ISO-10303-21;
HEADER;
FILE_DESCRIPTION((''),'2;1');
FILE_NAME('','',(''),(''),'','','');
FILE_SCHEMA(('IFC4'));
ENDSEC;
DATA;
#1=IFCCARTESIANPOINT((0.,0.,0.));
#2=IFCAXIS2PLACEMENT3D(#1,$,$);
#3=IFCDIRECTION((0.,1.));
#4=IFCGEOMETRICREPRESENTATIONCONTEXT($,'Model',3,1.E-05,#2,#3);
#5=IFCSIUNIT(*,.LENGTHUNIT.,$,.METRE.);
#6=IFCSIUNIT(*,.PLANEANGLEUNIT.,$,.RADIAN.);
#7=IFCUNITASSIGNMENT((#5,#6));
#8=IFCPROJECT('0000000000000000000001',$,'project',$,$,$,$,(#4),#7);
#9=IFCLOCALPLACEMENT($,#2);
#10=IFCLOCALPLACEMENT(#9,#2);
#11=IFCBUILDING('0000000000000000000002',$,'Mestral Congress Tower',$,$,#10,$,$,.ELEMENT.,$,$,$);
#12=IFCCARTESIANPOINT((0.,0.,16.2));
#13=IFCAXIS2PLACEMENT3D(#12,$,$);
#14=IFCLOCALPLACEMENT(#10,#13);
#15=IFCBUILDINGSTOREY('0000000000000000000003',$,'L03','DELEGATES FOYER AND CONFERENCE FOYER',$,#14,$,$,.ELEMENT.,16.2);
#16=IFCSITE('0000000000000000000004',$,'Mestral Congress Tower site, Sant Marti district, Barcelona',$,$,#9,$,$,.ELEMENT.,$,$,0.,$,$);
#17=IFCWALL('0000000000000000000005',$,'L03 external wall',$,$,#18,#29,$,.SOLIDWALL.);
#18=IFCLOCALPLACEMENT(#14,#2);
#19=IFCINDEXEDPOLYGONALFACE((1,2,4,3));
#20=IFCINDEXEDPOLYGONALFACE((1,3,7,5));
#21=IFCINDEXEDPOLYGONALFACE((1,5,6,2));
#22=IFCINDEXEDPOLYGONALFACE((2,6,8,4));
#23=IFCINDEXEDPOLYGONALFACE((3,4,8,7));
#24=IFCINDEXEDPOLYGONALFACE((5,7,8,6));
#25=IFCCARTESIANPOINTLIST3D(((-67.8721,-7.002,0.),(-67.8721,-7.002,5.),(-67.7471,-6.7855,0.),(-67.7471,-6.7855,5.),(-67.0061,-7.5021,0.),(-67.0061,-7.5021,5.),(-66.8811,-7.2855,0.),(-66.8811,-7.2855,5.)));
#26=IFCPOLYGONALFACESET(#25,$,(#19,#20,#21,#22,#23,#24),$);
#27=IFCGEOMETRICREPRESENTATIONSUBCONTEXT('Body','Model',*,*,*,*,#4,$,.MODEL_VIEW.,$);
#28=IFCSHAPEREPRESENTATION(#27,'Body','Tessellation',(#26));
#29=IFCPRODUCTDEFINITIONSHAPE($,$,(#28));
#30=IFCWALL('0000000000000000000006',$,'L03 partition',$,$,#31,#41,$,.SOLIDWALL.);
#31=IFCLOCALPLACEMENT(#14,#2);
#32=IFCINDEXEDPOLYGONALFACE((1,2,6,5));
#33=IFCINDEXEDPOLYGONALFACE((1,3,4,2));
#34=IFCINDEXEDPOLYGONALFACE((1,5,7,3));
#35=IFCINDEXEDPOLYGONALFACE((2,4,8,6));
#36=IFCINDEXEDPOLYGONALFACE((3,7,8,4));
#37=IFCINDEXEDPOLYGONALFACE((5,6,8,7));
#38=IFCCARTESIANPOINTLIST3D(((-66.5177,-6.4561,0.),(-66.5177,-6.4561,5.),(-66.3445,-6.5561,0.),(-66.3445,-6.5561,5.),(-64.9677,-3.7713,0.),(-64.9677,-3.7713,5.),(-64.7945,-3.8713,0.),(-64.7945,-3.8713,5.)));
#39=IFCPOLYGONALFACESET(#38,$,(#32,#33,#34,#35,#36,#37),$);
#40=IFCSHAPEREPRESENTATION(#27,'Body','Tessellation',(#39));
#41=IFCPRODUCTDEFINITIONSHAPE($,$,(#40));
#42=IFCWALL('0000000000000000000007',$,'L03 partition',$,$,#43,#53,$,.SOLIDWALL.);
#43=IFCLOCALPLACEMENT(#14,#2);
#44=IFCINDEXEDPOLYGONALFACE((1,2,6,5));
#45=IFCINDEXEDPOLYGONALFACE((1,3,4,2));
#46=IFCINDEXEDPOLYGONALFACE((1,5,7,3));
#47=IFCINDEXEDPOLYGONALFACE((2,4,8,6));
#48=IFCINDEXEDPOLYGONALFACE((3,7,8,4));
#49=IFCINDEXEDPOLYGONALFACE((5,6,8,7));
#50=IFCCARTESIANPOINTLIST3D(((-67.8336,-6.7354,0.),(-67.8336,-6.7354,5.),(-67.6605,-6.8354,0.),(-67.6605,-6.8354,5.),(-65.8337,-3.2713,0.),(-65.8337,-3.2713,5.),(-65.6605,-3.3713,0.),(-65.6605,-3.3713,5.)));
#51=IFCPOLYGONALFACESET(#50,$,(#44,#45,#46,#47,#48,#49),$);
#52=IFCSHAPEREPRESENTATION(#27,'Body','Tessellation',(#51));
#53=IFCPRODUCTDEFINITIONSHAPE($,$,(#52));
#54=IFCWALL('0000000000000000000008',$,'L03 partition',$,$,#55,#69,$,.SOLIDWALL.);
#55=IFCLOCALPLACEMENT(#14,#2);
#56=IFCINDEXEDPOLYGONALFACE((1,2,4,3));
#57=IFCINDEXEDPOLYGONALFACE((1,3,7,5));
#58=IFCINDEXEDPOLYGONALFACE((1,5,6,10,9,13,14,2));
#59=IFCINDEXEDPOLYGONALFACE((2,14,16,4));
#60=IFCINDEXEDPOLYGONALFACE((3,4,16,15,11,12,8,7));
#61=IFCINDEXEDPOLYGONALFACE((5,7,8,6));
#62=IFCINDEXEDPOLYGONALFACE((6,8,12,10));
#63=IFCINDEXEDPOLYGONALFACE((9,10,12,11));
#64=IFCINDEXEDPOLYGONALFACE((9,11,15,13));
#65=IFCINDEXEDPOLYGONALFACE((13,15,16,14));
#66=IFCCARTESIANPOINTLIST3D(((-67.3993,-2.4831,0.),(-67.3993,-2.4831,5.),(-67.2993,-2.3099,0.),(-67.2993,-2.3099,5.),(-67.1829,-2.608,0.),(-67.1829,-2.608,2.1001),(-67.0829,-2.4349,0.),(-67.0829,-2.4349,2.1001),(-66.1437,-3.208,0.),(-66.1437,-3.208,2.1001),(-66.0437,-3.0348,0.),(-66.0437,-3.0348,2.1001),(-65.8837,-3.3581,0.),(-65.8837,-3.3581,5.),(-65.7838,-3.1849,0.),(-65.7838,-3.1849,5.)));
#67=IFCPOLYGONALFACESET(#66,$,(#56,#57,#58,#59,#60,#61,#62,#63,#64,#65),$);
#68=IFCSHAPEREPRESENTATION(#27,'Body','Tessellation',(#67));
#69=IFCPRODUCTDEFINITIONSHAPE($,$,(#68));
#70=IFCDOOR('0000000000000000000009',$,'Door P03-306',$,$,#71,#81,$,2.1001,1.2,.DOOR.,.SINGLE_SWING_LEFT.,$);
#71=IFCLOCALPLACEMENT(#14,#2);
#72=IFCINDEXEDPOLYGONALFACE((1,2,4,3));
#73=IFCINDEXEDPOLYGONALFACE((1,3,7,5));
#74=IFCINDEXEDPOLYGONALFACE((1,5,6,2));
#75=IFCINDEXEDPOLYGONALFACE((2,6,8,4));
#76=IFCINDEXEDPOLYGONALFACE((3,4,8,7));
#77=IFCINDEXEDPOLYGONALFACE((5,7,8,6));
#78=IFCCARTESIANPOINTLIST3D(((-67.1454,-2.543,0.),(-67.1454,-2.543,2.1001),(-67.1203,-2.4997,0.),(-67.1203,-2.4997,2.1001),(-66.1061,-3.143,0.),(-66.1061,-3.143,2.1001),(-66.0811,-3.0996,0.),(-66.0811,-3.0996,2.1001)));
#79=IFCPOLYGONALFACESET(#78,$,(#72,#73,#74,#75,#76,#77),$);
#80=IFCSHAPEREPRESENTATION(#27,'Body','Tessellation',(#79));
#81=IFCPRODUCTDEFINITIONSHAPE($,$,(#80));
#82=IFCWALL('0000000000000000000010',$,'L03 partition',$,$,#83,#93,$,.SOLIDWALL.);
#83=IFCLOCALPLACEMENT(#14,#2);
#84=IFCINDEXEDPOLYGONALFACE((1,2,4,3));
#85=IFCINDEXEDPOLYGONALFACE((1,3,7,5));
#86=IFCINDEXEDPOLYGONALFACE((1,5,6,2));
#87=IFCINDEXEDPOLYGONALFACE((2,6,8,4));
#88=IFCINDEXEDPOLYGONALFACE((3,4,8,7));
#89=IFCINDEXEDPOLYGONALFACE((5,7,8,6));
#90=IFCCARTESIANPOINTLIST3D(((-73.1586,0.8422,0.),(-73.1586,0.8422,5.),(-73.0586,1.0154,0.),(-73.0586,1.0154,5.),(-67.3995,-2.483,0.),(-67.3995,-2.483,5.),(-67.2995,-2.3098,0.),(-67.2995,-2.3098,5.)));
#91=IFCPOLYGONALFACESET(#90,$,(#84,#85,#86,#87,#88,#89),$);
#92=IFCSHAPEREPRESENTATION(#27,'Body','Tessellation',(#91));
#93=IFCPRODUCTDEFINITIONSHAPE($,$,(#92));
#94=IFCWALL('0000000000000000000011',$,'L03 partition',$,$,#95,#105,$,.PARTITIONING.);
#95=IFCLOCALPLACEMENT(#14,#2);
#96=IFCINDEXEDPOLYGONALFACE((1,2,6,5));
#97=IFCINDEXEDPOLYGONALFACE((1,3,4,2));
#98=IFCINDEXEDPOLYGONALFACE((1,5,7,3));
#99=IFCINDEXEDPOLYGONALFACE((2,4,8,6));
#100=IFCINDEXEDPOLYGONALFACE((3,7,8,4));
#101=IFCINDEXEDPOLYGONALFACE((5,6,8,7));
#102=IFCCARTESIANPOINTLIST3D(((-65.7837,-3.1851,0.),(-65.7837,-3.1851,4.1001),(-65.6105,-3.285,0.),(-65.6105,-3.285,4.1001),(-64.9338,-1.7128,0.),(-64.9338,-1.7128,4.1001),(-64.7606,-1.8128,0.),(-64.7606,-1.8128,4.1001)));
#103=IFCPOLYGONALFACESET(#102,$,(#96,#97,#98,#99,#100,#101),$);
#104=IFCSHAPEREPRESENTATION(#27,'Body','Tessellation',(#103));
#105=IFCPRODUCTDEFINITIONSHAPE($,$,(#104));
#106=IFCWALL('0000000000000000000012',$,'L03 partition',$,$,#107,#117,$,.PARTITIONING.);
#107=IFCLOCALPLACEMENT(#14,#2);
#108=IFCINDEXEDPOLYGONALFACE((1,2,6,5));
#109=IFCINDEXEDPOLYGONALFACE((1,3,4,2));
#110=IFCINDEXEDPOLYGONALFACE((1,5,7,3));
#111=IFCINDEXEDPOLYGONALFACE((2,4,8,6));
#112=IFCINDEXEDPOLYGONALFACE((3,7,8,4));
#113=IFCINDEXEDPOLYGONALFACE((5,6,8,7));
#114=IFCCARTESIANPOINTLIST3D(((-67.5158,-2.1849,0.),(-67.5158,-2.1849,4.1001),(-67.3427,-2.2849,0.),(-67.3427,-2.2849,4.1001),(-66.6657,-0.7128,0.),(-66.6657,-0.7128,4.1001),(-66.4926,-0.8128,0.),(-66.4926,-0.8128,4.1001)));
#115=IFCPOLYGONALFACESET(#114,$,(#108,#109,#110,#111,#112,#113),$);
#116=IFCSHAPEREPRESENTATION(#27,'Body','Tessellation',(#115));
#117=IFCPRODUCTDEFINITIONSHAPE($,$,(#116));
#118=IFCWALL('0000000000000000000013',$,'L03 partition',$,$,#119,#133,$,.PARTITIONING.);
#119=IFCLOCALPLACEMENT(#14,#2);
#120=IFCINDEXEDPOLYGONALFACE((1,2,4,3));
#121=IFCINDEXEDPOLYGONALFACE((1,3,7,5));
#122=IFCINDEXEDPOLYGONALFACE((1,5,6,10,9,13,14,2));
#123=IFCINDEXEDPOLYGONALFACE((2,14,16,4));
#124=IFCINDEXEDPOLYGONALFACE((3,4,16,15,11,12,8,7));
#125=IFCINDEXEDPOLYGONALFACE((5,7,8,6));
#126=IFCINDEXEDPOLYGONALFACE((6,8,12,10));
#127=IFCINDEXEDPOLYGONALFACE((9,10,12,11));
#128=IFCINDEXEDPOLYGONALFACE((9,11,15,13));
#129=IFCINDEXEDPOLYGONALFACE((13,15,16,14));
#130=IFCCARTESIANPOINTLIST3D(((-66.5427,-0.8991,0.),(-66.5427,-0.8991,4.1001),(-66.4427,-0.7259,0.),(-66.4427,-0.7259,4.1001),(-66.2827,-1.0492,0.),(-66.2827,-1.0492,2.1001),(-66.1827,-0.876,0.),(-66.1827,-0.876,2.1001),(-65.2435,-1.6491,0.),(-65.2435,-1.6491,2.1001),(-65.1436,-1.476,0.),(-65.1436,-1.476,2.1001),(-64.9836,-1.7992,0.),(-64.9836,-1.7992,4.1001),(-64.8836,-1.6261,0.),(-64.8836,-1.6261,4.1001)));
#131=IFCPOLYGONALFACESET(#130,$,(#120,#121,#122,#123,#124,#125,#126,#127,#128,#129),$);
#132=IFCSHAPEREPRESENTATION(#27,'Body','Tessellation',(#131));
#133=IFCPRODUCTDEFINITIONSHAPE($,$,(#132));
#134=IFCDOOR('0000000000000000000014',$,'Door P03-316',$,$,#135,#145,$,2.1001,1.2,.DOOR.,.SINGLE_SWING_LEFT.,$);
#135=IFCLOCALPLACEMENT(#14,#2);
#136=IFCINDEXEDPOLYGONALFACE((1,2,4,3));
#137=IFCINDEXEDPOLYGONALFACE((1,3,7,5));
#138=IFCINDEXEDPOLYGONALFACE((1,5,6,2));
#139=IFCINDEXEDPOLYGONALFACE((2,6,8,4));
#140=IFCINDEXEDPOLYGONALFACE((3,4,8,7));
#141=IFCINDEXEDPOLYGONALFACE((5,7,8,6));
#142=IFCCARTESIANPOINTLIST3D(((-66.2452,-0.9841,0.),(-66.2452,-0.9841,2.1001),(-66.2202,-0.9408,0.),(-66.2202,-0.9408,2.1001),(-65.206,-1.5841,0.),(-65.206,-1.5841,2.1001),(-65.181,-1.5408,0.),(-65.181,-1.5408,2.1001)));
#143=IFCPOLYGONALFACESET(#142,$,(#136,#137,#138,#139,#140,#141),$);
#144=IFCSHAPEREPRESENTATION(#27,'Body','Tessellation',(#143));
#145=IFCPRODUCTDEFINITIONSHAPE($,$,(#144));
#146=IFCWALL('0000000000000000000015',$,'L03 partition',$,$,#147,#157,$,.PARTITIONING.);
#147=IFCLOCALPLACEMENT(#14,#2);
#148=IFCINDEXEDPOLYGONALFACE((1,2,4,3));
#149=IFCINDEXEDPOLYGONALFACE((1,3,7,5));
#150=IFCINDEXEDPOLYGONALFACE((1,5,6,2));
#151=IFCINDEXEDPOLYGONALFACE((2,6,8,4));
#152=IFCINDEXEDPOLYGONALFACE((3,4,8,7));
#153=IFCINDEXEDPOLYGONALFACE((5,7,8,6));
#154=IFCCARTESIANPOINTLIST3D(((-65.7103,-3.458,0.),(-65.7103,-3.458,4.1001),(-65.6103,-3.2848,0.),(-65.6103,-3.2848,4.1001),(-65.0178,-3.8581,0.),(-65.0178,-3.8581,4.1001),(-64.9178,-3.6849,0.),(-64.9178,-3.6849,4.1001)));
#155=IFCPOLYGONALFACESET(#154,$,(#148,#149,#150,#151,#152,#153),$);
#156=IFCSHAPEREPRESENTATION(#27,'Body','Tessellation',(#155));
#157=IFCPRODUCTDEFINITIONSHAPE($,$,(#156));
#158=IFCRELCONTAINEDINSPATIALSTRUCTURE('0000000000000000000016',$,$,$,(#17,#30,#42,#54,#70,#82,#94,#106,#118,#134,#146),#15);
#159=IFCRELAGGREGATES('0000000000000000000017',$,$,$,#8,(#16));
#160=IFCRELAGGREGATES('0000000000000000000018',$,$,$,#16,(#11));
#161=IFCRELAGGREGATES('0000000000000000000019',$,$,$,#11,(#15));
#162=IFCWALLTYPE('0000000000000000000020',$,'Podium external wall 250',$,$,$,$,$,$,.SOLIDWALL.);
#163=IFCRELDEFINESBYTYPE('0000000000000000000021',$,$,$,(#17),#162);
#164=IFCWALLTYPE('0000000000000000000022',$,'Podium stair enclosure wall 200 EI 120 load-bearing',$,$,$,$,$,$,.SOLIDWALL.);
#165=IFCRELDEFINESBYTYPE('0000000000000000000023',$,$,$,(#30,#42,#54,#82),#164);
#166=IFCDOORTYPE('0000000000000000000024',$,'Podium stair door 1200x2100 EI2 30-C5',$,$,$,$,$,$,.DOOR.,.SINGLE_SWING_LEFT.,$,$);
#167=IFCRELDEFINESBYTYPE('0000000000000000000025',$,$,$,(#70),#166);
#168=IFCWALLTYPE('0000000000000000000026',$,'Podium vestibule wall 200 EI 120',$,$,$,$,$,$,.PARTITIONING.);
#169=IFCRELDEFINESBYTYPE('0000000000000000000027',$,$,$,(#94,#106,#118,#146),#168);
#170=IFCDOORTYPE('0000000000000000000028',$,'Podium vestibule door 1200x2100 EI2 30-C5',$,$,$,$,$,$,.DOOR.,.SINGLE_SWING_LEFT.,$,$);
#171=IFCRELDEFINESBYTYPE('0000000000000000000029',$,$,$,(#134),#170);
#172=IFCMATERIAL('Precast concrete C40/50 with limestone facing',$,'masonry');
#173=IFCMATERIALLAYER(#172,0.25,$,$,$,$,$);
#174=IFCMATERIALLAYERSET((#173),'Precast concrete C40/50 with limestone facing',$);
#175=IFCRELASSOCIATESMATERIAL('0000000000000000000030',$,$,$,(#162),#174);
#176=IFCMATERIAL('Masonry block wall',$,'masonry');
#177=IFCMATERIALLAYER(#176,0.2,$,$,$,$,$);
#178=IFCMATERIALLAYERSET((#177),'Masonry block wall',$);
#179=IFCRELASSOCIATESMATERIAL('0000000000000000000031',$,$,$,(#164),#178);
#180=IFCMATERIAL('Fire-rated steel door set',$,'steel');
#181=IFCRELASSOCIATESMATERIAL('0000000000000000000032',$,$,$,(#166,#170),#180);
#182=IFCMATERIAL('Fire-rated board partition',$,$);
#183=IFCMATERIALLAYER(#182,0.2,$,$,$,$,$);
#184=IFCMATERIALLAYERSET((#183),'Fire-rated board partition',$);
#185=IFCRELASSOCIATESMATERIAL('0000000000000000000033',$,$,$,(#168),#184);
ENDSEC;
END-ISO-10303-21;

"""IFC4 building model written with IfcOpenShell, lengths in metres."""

from ifc_helpers import new_model, si_unit, direction, frame, frame_2d, origin, place, context, subcontext, project, spatial, rectangle, extrude, material, layer, layer_set, type_object, element, fill, save


model = new_model("IFC4")

# Units and contexts
model_context = context("Model", 3, precision=1e-05, world=origin(), true_north=direction((0.0, 1.0)))
body_context = subcontext(model_context, "Body", "Model", "MODEL_VIEW")
ifc_project = project(units=[si_unit("LENGTHUNIT", "METRE"), si_unit("PLANEANGLEUNIT", "RADIAN")], contexts=[model_context])

# Site, building, storey
site_placement = place(None, origin())
site = spatial("IfcSite", under=ifc_project, at=site_placement, Name="Mestral Congress Tower site, Sant Marti district, Barcelona", CompositionType="ELEMENT", RefElevation=0.0)
building_placement = place(site_placement, origin())
building = spatial("IfcBuilding", under=site, at=building_placement, Name="Mestral Congress Tower", CompositionType="ELEMENT")
storey_placement = place(building_placement, frame((0.0, 0.0, 16.2)))
storey = spatial("IfcBuildingStorey", under=building, at=storey_placement, Name="L03", Description="DELEGATES FOYER AND CONFERENCE FOYER", CompositionType="ELEMENT", Elevation=16.2)

# Walls
ifc_material_1 = material(Name="Precast concrete C40/50 with limestone facing", Category="masonry")
ifc_layer_1 = layer(ifc_material_1, 0.25)
ifc_layer_set_1 = layer_set([ifc_layer_1], Name="Precast concrete C40/50 with limestone facing")
wall_type_1 = type_object("IfcWallType", Name="Podium external wall 250", PredefinedType="SOLIDWALL", material=ifc_layer_set_1)
wall_1_placement = place(storey_placement, frame((-66.9436, -7.3938, 0.0), z_axis=(0.0, 0.0, 1.0), x_axis=(-0.866011, 0.500025, 0.0)))
element("IfcWall", 1, at=wall_1_placement, inside=storey, type_object=wall_type_1, Name="L03 external wall", PredefinedType="SOLIDWALL", context=body_context, shape_type="SweptSolid", body=[
    extrude(rectangle(XDim=1.0, YDim=0.25, at=frame_2d((0.5, 0.0))), origin(), (0.0, 0.0, 1.0), 5.0),
])
ifc_material_2 = material(Name="Masonry block wall", Category="masonry")
ifc_layer_2 = layer(ifc_material_2, 0.2)
ifc_layer_set_2 = layer_set([ifc_layer_2], Name="Masonry block wall")
wall_type_2 = type_object("IfcWallType", Name="Podium stair enclosure wall 200 EI 120 load-bearing", PredefinedType="SOLIDWALL", material=ifc_layer_set_2)
wall_2_placement = place(storey_placement, frame((-64.8811, -3.8213, 0.0), z_axis=(0.0, 0.0, 1.0), x_axis=(-0.499993, -0.86603, 0.0)))
element("IfcWall", 2, at=wall_2_placement, inside=storey, type_object=wall_type_2, Name="L03 partition", PredefinedType="SOLIDWALL", context=body_context, shape_type="SweptSolid", body=[
    extrude(rectangle(XDim=3.1001, YDim=0.2, at=frame_2d((1.55, 0.0))), origin(), (0.0, 0.0, 1.0), 5.0),
])
wall_3_placement = place(storey_placement, frame((-65.7471, -3.3213, 0.0), z_axis=(0.0, 0.0, 1.0), x_axis=(-0.499999, -0.866026, 0.0)))
element("IfcWall", 3, at=wall_3_placement, inside=storey, type_object=wall_type_2, Name="L03 partition", PredefinedType="SOLIDWALL", context=body_context, shape_type="SweptSolid", body=[
    extrude(rectangle(XDim=4.0, YDim=0.2, at=frame_2d((2.0, 0.0))), origin(), (0.0, 0.0, 1.0), 5.0),
])

# Wall, opening, door
wall_4_placement = place(storey_placement, frame((-65.8337, -3.2715, 0.0), z_axis=(0.0, 0.0, 1.0), x_axis=(-0.866037, 0.49998, 0.0)))
wall_4 = element("IfcWall", 4, at=wall_4_placement, inside=storey, type_object=wall_type_2, Name="L03 partition", PredefinedType="SOLIDWALL", context=body_context, shape_type="SweptSolid", body=[
    extrude(rectangle(XDim=1.75, YDim=0.2, at=frame_2d((0.875, 0.0))), origin(), (0.0, 0.0, 1.0), 5.0),
])
opening_1_placement = place(wall_4_placement, frame((0.3, 0.0, 0.0)))
opening_1 = element("IfcOpeningElement", 5, at=opening_1_placement, cuts=wall_4, PredefinedType="OPENING", context=body_context, shape_type="SweptSolid", body=[
    extrude(rectangle(XDim=1.2, YDim=2.1001, at=frame_2d((0.6001, 1.05))), frame((0.0, 0.1099, 0.0), z_axis=(0.0, -1.0, 0.0), x_axis=(1.0, 0.0, 0.0)), (0.0, 0.0, 1.0), 0.22),
])
ifc_material_3 = material(Name="Fire-rated steel door set", Category="steel")
door_type_1 = type_object("IfcDoorType", Name="Podium stair door 1200x2100 EI2 30-C5", OperationType="SINGLE_SWING_LEFT", PredefinedType="DOOR", material=ifc_material_3)
door_1_placement = place(opening_1_placement, origin())
door_1 = element("IfcDoor", 6, at=door_1_placement, inside=storey, type_object=door_type_1, Name="Door P03-306", OperationType="SINGLE_SWING_LEFT", OverallHeight=2.1001, OverallWidth=1.2, PredefinedType="DOOR", context=body_context, shape_type="SweptSolid", body=[
    extrude(rectangle(XDim=1.2, YDim=2.1001, at=frame_2d((0.6001, 1.05))), frame((0.0, 0.0249, 0.0), z_axis=(0.0, -1.0, 0.0), x_axis=(1.0, 0.0, 0.0)), (0.0, 0.0, 1.0), 0.05),
])
fill(opening_1, door_1)

# Walls
wall_5_placement = place(storey_placement, frame((-67.3494, -2.3965, 0.0), z_axis=(0.0, 0.0, 1.0), x_axis=(-0.866011, 0.500024, 0.0)))
element("IfcWall", 7, at=wall_5_placement, inside=storey, type_object=wall_type_2, Name="L03 partition", PredefinedType="SOLIDWALL", context=body_context, shape_type="SweptSolid", body=[
    extrude(rectangle(XDim=6.6501, YDim=0.2, at=frame_2d((3.3252, 0.0))), origin(), (0.0, 0.0, 1.0), 5.0),
])
ifc_material_4 = material(Name="Fire-rated board partition")
ifc_layer_3 = layer(ifc_material_4, 0.2)
ifc_layer_set_3 = layer_set([ifc_layer_3], Name="Fire-rated board partition")
wall_type_3 = type_object("IfcWallType", Name="Podium vestibule wall 200 EI 120", PredefinedType="PARTITIONING", material=ifc_layer_set_3)
for number, where, z_axis, x_axis, name in (
    (8, (-64.8472, -1.7627, 0.0), (0.0, 0.0, 1.0), (-0.499955, -0.866052, 0.0), "L03 partition"),
    (9, (-66.5791, -0.7627, 0.0), (0.0, 0.0, 1.0), (-0.500062, -0.865989, 0.0), "L03 partition"),
):
    element("IfcWall", number, at=place(storey_placement, frame(where, z_axis=z_axis, x_axis=x_axis)), inside=storey, type_object=wall_type_3, Name=name, PredefinedType="PARTITIONING", context=body_context, shape_type="SweptSolid", body=[
        extrude(rectangle(XDim=1.7, YDim=0.2, at=frame_2d((0.8501, 0.0))), origin(), (0.0, 0.0, 1.0), 4.1001),
    ])

# Wall, opening, door
wall_6_placement = place(storey_placement, frame((-64.9336, -1.7126, 0.0), z_axis=(0.0, 0.0, 1.0), x_axis=(-0.866023, 0.500004, 0.0)))
wall_6 = element("IfcWall", 10, at=wall_6_placement, inside=storey, type_object=wall_type_3, Name="L03 partition", PredefinedType="PARTITIONING", context=body_context, shape_type="SweptSolid", body=[
    extrude(rectangle(XDim=1.8003, YDim=0.2, at=frame_2d((0.9001, 0.0))), origin(), (0.0, 0.0, 1.0), 4.1001),
])
opening_2_placement = place(wall_6_placement, frame((0.3, 0.0, 0.0)))
opening_2 = element("IfcOpeningElement", 11, at=opening_2_placement, cuts=wall_6, PredefinedType="OPENING", context=body_context, shape_type="SweptSolid", body=[
    extrude(rectangle(XDim=1.2, YDim=2.1001, at=frame_2d((0.6001, 1.05))), frame((0.0, 0.1099, 0.0), z_axis=(0.0, -1.0, 0.0), x_axis=(1.0, 0.0, 0.0)), (0.0, 0.0, 1.0), 0.22),
])
door_type_2 = type_object("IfcDoorType", Name="Podium vestibule door 1200x2100 EI2 30-C5", OperationType="SINGLE_SWING_LEFT", PredefinedType="DOOR", material=ifc_material_3)
door_2_placement = place(opening_2_placement, origin())
door_2 = element("IfcDoor", 12, at=door_2_placement, inside=storey, type_object=door_type_2, Name="Door P03-316", OperationType="SINGLE_SWING_LEFT", OverallHeight=2.1001, OverallWidth=1.2, PredefinedType="DOOR", context=body_context, shape_type="SweptSolid", body=[
    extrude(rectangle(XDim=1.2, YDim=2.1001, at=frame_2d((0.6001, 1.05))), frame((0.0, 0.0249, 0.0), z_axis=(0.0, -1.0, 0.0), x_axis=(1.0, 0.0, 0.0)), (0.0, 0.0, 1.0), 0.05),
])
fill(opening_2, door_2)

# Wall
wall_7_placement = place(storey_placement, frame((-64.9678, -3.7715, 0.0), z_axis=(0.0, 0.0, 1.0), x_axis=(-0.865886, 0.500242, 0.0)))
element("IfcWall", 13, at=wall_7_placement, inside=storey, type_object=wall_type_3, Name="L03 partition", PredefinedType="PARTITIONING", context=body_context, shape_type="SweptSolid", body=[
    extrude(rectangle(XDim=0.7998, YDim=0.2, at=frame_2d((0.3999, 0.0))), origin(), (0.0, 0.0, 1.0), 4.1001),
])

save(model, "model.ifc")
